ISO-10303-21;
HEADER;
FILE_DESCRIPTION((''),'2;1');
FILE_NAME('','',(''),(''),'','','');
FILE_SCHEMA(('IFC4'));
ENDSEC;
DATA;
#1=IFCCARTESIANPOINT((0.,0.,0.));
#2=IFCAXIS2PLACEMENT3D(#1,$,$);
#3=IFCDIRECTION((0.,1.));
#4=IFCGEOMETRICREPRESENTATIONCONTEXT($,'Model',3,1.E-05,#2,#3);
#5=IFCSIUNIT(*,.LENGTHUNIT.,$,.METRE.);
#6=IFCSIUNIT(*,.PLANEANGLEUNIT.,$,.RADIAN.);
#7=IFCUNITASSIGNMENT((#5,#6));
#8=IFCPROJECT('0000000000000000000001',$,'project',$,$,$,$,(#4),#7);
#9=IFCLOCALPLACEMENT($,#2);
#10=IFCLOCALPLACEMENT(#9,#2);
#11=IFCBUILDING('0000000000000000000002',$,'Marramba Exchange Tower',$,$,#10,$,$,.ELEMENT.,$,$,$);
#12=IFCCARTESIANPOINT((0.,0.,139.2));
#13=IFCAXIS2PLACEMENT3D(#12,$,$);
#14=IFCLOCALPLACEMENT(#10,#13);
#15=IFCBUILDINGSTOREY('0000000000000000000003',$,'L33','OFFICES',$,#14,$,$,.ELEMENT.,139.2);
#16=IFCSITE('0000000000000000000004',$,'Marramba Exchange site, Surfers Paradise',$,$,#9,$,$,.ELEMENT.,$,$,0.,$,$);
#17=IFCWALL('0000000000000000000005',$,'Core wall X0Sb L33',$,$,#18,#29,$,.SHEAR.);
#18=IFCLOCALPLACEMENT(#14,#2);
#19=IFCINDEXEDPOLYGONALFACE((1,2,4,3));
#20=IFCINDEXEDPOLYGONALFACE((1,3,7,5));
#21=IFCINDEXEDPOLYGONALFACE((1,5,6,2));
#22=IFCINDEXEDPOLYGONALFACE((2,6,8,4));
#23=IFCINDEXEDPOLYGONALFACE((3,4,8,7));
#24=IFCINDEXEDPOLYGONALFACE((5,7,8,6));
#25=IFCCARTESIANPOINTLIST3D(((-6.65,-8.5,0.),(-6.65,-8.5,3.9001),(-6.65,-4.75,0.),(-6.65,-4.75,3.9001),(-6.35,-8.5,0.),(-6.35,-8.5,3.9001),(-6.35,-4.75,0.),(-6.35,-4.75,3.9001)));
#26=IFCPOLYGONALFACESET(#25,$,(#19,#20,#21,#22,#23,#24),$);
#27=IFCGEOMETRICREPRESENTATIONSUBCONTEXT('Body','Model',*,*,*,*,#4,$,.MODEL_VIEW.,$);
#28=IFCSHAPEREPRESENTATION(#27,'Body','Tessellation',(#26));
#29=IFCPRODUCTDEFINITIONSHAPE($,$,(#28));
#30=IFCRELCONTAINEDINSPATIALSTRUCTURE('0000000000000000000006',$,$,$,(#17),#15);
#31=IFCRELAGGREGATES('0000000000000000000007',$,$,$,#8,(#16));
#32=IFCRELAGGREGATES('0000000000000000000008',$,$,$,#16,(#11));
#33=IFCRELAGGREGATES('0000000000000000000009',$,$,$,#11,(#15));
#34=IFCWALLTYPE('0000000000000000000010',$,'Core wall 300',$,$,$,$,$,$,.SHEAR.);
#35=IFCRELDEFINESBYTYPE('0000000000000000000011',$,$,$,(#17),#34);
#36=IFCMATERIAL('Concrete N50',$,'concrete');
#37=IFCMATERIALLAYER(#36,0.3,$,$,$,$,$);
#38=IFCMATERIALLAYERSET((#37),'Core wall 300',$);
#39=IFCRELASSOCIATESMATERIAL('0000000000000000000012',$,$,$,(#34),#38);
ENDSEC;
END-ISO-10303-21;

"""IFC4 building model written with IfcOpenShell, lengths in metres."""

from ifc_helpers import new_model, si_unit, direction, frame, frame_2d, origin, place, context, subcontext, project, spatial, rectangle, extrude, material, layer, layer_set, type_object, element, save


model = new_model("IFC4")

# Units and contexts
model_context = context("Model", 3, precision=1e-05, world=origin(), true_north=direction((0.0, 1.0)))
body_context = subcontext(model_context, "Body", "Model", "MODEL_VIEW")
ifc_project = project(units=[si_unit("LENGTHUNIT", "METRE"), si_unit("PLANEANGLEUNIT", "RADIAN")], contexts=[model_context])

# Site, building, storey
site_placement = place(None, origin())
site = spatial("IfcSite", under=ifc_project, at=site_placement, Name="Marramba Exchange site, Surfers Paradise", CompositionType="ELEMENT", RefElevation=0.0)
building_placement = place(site_placement, origin())
building = spatial("IfcBuilding", under=site, at=building_placement, Name="Marramba Exchange Tower", CompositionType="ELEMENT")
storey_placement = place(building_placement, frame((0.0, 0.0, 139.2)))
storey = spatial("IfcBuildingStorey", under=building, at=storey_placement, Name="L33", Description="OFFICES", CompositionType="ELEMENT", Elevation=139.2)

# Shared definitions
ifc_material_1 = material(Name="Concrete N50", Category="concrete")
ifc_layer_1 = layer(ifc_material_1, 0.3)
ifc_layer_set_1 = layer_set([ifc_layer_1], Name="Core wall 300")
wall_type_1 = type_object("IfcWallType", Name="Core wall 300", PredefinedType="SHEAR", material=ifc_layer_set_1)

# Wall
wall_1_placement = place(storey_placement, frame((-6.5, -4.75, 0.0), z_axis=(0.0, 0.0, 1.0), x_axis=(0.0, -1.0, 0.0)))
element("IfcWall", 1, at=wall_1_placement, inside=storey, type_object=wall_type_1, Name="Core wall X0Sb L33", PredefinedType="SHEAR", context=body_context, shape_type="SweptSolid", body=[
    extrude(rectangle(XDim=3.75, YDim=0.3, at=frame_2d((1.875, 0.0))), origin(), (0.0, 0.0, 1.0), 3.9001),
])

save(model, "model.ifc")
